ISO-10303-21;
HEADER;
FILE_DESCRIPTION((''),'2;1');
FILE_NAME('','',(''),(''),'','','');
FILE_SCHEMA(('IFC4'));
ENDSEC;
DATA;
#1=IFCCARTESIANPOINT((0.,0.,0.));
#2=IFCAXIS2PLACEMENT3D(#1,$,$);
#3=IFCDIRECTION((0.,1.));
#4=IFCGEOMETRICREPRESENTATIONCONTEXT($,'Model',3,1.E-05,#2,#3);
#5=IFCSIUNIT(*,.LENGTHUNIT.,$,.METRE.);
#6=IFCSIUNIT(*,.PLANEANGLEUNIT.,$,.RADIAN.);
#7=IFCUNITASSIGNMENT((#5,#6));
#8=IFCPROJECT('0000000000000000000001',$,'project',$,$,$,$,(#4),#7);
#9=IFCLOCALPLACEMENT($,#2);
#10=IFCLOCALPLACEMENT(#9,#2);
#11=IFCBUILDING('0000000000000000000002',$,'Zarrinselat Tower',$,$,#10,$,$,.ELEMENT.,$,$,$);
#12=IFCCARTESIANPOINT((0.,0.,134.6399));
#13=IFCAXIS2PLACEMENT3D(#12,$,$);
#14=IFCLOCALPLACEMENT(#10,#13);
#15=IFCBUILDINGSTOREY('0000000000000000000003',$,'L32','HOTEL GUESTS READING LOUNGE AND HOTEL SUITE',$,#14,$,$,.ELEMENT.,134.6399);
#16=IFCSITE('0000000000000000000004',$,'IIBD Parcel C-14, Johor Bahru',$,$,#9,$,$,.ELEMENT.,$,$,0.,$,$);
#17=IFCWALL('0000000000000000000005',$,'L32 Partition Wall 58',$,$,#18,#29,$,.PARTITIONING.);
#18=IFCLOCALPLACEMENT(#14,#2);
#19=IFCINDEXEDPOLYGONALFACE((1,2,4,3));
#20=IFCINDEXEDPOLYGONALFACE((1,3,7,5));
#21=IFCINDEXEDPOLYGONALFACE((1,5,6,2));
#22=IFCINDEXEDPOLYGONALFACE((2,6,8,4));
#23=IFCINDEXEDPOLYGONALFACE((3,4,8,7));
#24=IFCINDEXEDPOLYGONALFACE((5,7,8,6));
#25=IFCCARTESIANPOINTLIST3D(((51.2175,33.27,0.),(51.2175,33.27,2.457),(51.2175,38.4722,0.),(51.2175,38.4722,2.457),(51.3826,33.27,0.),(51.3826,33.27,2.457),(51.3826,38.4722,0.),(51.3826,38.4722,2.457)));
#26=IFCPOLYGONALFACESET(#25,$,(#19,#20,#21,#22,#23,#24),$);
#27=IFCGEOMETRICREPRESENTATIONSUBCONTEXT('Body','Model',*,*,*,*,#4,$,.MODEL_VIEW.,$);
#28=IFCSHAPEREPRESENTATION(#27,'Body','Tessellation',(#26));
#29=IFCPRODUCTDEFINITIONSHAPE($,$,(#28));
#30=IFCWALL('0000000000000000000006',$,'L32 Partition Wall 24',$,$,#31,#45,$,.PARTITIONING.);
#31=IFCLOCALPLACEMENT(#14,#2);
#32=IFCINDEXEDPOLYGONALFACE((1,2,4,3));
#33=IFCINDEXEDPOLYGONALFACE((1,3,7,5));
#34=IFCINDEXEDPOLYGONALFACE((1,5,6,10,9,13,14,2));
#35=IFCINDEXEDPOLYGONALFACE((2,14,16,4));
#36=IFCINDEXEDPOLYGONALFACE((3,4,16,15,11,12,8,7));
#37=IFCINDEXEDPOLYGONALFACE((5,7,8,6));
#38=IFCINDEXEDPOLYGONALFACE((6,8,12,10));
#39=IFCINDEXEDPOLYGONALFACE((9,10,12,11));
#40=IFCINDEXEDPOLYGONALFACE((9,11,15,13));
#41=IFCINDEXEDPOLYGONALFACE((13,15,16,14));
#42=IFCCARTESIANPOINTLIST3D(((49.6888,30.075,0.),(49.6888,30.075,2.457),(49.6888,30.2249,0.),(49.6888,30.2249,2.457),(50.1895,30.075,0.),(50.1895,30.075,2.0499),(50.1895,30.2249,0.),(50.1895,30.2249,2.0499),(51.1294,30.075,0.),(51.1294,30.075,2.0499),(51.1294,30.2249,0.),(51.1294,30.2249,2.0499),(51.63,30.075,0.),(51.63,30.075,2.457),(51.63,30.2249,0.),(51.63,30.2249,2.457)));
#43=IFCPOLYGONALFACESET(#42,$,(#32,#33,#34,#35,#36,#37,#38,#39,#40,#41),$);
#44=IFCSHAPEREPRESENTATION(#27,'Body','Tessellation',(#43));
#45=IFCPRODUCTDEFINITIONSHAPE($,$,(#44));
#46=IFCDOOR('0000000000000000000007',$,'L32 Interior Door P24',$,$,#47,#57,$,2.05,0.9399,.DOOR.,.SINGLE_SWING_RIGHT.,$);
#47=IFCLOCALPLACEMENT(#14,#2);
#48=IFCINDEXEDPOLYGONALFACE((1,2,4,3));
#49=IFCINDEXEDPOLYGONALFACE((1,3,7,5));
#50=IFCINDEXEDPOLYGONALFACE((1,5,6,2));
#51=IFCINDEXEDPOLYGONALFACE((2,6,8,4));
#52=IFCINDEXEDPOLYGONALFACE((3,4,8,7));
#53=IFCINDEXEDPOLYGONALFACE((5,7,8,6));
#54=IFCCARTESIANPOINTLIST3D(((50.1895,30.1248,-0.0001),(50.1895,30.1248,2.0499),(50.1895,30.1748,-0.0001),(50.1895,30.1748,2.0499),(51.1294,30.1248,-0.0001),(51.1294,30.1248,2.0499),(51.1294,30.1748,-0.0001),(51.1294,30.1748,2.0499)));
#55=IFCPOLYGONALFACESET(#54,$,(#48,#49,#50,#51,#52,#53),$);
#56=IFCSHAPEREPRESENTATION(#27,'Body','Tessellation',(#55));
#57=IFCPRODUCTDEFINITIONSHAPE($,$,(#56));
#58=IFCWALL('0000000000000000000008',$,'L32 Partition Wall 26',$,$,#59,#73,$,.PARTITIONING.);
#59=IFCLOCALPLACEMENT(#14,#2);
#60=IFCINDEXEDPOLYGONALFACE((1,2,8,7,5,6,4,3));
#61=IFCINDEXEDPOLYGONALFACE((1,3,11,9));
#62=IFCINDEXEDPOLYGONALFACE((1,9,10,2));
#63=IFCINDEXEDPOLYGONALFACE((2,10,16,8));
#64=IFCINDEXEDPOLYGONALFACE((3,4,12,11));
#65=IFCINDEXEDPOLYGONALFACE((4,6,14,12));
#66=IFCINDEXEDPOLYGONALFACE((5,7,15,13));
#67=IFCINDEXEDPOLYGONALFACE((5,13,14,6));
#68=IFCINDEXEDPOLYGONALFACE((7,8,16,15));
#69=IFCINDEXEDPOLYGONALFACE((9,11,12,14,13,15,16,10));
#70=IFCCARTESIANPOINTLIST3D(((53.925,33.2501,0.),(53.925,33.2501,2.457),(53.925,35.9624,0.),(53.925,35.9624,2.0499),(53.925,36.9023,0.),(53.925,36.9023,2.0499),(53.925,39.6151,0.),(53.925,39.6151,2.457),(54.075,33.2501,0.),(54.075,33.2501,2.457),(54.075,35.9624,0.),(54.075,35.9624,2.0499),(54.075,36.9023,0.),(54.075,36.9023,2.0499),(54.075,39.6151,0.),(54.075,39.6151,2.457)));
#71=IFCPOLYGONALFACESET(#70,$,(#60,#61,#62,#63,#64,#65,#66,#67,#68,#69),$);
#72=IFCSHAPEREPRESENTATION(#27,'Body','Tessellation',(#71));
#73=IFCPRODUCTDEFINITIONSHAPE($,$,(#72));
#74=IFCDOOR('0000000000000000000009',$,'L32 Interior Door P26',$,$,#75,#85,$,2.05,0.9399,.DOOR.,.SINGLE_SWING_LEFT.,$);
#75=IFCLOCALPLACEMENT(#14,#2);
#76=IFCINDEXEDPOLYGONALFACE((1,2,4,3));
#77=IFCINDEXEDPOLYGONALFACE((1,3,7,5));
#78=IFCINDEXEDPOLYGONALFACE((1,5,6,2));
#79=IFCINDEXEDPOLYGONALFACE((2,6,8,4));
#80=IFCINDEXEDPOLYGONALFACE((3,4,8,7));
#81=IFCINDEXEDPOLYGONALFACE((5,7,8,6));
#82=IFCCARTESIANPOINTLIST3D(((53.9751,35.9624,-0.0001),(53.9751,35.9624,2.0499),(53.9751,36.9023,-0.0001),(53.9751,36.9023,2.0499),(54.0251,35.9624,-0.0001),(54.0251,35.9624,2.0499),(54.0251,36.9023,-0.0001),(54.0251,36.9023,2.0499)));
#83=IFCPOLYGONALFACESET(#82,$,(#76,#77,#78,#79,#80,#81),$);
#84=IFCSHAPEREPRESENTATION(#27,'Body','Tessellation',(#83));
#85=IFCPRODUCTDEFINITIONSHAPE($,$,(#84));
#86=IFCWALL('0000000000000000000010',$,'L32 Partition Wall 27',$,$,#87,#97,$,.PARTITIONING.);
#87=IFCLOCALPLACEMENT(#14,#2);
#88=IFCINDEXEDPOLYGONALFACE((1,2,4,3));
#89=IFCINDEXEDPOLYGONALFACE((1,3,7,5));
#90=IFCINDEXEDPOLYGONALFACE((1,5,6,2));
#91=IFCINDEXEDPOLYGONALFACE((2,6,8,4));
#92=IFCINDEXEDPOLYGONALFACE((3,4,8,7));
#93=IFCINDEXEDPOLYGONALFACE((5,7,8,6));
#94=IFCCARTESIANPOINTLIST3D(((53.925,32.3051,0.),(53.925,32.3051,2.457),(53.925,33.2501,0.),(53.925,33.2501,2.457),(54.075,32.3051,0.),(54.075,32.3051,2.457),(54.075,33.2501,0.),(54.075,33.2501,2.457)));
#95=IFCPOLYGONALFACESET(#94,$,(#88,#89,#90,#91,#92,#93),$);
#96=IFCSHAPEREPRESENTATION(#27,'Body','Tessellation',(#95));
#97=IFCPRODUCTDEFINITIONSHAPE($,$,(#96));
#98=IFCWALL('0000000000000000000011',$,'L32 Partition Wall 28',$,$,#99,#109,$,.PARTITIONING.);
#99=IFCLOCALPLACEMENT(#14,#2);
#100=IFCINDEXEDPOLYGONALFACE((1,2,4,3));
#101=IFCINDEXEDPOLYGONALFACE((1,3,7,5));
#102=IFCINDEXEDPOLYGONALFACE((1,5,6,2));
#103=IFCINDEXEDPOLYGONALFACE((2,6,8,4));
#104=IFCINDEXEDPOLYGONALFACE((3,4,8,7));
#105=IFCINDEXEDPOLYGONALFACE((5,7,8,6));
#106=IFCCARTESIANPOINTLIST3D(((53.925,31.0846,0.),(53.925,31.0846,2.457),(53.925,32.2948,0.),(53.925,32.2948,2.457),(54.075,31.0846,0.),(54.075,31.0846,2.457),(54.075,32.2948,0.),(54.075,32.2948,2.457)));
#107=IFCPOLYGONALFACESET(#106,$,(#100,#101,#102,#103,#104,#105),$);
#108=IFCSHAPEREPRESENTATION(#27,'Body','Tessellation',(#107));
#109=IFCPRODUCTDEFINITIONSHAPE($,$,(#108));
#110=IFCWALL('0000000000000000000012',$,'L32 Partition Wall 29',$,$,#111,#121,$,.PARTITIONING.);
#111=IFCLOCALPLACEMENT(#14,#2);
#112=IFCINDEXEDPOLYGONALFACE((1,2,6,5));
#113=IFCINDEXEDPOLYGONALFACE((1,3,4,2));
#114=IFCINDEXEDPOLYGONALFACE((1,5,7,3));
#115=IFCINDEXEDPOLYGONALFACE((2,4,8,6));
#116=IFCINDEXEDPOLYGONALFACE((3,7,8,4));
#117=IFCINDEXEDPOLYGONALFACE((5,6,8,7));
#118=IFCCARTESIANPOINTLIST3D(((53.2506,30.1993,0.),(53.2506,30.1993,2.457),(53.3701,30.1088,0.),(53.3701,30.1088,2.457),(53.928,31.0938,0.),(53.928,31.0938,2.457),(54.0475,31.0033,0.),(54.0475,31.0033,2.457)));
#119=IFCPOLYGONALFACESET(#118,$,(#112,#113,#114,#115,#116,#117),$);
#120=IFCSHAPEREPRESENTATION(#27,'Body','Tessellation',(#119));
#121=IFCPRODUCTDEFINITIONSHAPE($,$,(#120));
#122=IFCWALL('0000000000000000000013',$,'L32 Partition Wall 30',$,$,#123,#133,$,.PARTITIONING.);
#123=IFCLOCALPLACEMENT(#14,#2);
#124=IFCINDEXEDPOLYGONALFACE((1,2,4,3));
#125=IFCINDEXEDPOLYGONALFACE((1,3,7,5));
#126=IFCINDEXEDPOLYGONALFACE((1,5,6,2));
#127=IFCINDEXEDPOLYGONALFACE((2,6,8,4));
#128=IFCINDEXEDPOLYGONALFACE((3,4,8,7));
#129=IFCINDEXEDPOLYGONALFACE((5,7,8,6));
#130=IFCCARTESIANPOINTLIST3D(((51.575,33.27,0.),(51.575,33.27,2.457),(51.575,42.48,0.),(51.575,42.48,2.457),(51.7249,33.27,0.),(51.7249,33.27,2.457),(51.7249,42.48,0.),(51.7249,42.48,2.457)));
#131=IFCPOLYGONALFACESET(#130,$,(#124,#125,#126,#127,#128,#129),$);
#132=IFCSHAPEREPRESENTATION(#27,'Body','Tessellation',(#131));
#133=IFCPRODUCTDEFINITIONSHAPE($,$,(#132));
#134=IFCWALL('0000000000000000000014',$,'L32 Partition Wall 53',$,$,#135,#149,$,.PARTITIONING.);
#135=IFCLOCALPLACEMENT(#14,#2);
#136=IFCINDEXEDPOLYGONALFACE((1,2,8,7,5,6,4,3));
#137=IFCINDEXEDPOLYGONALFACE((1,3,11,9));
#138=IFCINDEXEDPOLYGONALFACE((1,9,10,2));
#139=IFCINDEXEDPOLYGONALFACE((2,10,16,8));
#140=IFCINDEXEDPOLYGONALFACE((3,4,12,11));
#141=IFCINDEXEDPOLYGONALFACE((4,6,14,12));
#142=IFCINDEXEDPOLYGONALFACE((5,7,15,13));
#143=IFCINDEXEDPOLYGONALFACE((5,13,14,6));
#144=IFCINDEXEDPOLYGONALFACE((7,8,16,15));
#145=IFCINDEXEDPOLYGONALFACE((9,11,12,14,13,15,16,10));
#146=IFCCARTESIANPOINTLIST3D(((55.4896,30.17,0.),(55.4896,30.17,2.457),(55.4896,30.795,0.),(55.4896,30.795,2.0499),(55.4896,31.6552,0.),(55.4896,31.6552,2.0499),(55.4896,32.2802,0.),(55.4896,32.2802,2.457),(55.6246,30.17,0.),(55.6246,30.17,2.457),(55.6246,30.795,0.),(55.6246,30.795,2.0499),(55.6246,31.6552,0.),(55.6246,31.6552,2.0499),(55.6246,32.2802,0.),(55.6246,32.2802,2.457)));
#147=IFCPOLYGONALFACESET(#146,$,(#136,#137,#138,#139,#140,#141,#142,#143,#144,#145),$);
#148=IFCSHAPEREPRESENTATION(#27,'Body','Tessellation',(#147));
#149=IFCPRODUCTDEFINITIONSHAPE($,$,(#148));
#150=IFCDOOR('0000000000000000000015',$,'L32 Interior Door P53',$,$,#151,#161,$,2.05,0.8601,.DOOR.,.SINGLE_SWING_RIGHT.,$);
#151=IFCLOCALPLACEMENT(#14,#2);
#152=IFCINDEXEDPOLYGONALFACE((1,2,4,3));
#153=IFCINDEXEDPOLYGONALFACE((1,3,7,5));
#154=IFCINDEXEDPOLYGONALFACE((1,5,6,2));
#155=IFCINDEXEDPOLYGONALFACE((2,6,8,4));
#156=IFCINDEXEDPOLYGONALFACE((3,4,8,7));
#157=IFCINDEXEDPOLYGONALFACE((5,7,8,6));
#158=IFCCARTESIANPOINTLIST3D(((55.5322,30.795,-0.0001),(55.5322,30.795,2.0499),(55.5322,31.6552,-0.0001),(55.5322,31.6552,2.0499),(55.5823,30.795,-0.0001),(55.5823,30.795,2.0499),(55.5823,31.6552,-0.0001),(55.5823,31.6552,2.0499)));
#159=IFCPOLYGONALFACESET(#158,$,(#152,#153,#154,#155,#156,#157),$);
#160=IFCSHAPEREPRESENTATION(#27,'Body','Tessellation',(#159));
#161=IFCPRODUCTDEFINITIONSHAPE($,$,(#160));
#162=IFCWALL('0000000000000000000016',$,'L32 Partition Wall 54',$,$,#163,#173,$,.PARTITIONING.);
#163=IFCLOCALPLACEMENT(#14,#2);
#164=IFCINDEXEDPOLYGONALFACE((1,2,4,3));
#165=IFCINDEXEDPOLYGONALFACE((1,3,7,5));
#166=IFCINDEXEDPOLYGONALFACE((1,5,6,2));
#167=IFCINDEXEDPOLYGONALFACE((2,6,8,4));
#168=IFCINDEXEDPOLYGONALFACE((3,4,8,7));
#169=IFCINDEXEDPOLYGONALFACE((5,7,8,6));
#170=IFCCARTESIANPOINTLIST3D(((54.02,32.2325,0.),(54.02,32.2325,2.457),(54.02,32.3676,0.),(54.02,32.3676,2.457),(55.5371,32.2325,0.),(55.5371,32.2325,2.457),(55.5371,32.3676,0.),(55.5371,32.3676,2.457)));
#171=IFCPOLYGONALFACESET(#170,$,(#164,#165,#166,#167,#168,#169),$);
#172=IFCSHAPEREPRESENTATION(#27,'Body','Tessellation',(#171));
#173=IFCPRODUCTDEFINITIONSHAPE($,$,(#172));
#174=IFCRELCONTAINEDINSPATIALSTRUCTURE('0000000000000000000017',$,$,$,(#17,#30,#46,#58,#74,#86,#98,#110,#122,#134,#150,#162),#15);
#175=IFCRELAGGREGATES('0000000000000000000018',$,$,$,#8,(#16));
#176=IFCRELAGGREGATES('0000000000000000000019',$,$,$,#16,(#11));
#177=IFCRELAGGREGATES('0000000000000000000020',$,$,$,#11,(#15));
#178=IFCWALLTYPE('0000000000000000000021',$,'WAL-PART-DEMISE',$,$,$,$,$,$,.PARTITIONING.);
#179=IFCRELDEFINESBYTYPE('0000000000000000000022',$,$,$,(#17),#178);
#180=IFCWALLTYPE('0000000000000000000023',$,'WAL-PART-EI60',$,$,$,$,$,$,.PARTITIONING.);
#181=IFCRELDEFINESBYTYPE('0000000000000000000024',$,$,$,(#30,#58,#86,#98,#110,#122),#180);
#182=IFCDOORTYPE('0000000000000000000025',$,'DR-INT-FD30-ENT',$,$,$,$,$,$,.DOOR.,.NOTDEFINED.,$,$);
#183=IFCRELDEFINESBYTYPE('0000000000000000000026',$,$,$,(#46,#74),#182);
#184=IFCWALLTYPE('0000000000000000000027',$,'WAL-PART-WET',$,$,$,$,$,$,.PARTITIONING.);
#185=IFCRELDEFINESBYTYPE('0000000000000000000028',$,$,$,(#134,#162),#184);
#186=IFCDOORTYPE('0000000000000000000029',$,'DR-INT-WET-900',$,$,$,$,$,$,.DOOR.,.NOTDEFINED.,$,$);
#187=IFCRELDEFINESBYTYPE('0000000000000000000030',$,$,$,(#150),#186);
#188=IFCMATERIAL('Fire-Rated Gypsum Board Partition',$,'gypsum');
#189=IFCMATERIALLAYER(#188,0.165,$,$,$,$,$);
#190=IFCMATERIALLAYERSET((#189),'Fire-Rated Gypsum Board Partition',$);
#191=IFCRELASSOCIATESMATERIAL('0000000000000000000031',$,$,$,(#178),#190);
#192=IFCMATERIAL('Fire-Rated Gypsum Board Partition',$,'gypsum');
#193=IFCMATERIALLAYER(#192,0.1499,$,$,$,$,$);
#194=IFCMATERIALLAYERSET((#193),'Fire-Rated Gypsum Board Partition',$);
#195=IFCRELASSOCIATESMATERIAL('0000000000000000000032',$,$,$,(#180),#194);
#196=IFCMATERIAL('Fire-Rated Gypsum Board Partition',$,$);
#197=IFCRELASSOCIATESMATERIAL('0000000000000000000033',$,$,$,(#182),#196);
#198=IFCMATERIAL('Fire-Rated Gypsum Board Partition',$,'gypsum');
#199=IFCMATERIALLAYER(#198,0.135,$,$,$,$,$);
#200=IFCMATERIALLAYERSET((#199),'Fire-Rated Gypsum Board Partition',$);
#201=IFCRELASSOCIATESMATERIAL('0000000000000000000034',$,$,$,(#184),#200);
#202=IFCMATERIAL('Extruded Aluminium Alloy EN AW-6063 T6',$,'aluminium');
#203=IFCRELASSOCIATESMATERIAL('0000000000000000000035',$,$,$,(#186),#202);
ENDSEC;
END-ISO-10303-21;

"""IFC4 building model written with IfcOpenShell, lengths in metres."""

from ifc_helpers import new_model, si_unit, direction, frame, frame_2d, origin, place, context, subcontext, project, spatial, rectangle, extrude, material, layer, layer_set, type_object, element, fill, save


model = new_model("IFC4")

# Units and contexts
model_context = context("Model", 3, precision=1e-05, world=origin(), true_north=direction((0.0, 1.0)))
body_context = subcontext(model_context, "Body", "Model", "MODEL_VIEW")
ifc_project = project(units=[si_unit("LENGTHUNIT", "METRE"), si_unit("PLANEANGLEUNIT", "RADIAN")], contexts=[model_context])

# Site, building, storey
site_placement = place(None, origin())
site = spatial("IfcSite", under=ifc_project, at=site_placement, Name="IIBD Parcel C-14, Johor Bahru", CompositionType="ELEMENT", RefElevation=0.0)
building_placement = place(site_placement, origin())
building = spatial("IfcBuilding", under=site, at=building_placement, Name="Zarrinselat Tower", CompositionType="ELEMENT")
storey_placement = place(building_placement, frame((0.0, 0.0, 134.6399)))
storey = spatial("IfcBuildingStorey", under=building, at=storey_placement, Name="L32", Description="HOTEL GUESTS READING LOUNGE AND HOTEL SUITE", CompositionType="ELEMENT", Elevation=134.6399)

# Wall
ifc_material_1 = material(Name="Fire-Rated Gypsum Board Partition", Category="gypsum")
ifc_layer_1 = layer(ifc_material_1, 0.165)
ifc_layer_set_1 = layer_set([ifc_layer_1], Name="Fire-Rated Gypsum Board Partition")
wall_type_1 = type_object("IfcWallType", Name="WAL-PART-DEMISE", PredefinedType="PARTITIONING", material=ifc_layer_set_1)
wall_1_placement = place(storey_placement, frame((51.3, 33.27, 0.0), z_axis=(0.0, 0.0, 1.0), x_axis=(0.0, 1.0, 0.0)))
element("IfcWall", 1, at=wall_1_placement, inside=storey, type_object=wall_type_1, Name="L32 Partition Wall 58", PredefinedType="PARTITIONING", context=body_context, shape_type="SweptSolid", body=[
    extrude(rectangle(XDim=5.2021, YDim=0.165, at=frame_2d((2.6011, 0.0))), origin(), (0.0, 0.0, 1.0), 2.457),
])

# Walls, openings, doors
ifc_material_2 = material(Name="Fire-Rated Gypsum Board Partition", Category="gypsum")
ifc_layer_2 = layer(ifc_material_2, 0.1499)
ifc_layer_set_2 = layer_set([ifc_layer_2], Name="Fire-Rated Gypsum Board Partition")
wall_type_2 = type_object("IfcWallType", Name="WAL-PART-EI60", PredefinedType="PARTITIONING", material=ifc_layer_set_2)
wall_2_placement = place(storey_placement, frame((49.6887, 30.1499, 0.0), z_axis=(0.0, 0.0, 1.0), x_axis=(1.0, 0.0, 0.0)))
wall_2 = element("IfcWall", 2, at=wall_2_placement, inside=storey, type_object=wall_type_2, Name="L32 Partition Wall 24", PredefinedType="PARTITIONING", context=body_context, shape_type="SweptSolid", body=[
    extrude(rectangle(XDim=1.9412, YDim=0.1499, at=frame_2d((0.9707, 0.0))), origin(), (0.0, 0.0, 1.0), 2.457),
])
opening_1_placement = place(wall_2_placement, frame((0.5007, 0.0, 0.0)))
opening_1 = element("IfcOpeningElement", 3, at=opening_1_placement, cuts=wall_2, PredefinedType="OPENING", context=body_context, shape_type="SweptSolid", body=[
    extrude(rectangle(XDim=0.9399, YDim=2.05, at=frame_2d((0.47, 1.0249))), frame((0.0, 0.085, 0.0), z_axis=(0.0, -1.0, 0.0), x_axis=(1.0, 0.0, 0.0)), (0.0, 0.0, 1.0), 0.1699),
])
ifc_material_3 = material(Name="Fire-Rated Gypsum Board Partition")
door_type_1 = type_object("IfcDoorType", Name="DR-INT-FD30-ENT", OperationType="NOTDEFINED", PredefinedType="DOOR", material=ifc_material_3)
door_1_placement = place(opening_1_placement, origin())
door_1 = element("IfcDoor", 4, at=door_1_placement, inside=storey, type_object=door_type_1, Name="L32 Interior Door P24", OperationType="SINGLE_SWING_RIGHT", OverallHeight=2.05, OverallWidth=0.9399, PredefinedType="DOOR", context=body_context, shape_type="SweptSolid", body=[
    extrude(rectangle(XDim=0.9399, YDim=2.05, at=frame_2d((0.47, 1.0249))), frame((0.0, 0.0249, 0.0), z_axis=(0.0, -1.0, 0.0), x_axis=(1.0, 0.0, 0.0)), (0.0, 0.0, 1.0), 0.05),
])
fill(opening_1, door_1)
wall_3_placement = place(storey_placement, frame((54.0, 33.25, 0.0), z_axis=(0.0, 0.0, 1.0), x_axis=(0.0, 1.0, 0.0)))
wall_3 = element("IfcWall", 5, at=wall_3_placement, inside=storey, type_object=wall_type_2, Name="L32 Partition Wall 26", PredefinedType="PARTITIONING", context=body_context, shape_type="SweptSolid", body=[
    extrude(rectangle(XDim=6.365, YDim=0.1499, at=frame_2d((3.1826, 0.0))), origin(), (0.0, 0.0, 1.0), 2.457),
])
opening_2_placement = place(wall_3_placement, frame((2.7124, 0.0, 0.0)))
opening_2 = element("IfcOpeningElement", 6, at=opening_2_placement, cuts=wall_3, PredefinedType="OPENING", context=body_context, shape_type="SweptSolid", body=[
    extrude(rectangle(XDim=0.9399, YDim=2.05, at=frame_2d((0.47, 1.0249))), frame((0.0, 0.085, 0.0), z_axis=(0.0, -1.0, 0.0), x_axis=(1.0, 0.0, 0.0)), (0.0, 0.0, 1.0), 0.1699),
])
door_2_placement = place(opening_2_placement, origin())
door_2 = element("IfcDoor", 7, at=door_2_placement, inside=storey, type_object=door_type_1, Name="L32 Interior Door P26", OperationType="SINGLE_SWING_LEFT", OverallHeight=2.05, OverallWidth=0.9399, PredefinedType="DOOR", context=body_context, shape_type="SweptSolid", body=[
    extrude(rectangle(XDim=0.9399, YDim=2.05, at=frame_2d((0.47, 1.0249))), frame((0.0, 0.0249, 0.0), z_axis=(0.0, -1.0, 0.0), x_axis=(1.0, 0.0, 0.0)), (0.0, 0.0, 1.0), 0.05),
])
fill(opening_2, door_2)

# Walls
wall_4_placement = place(storey_placement, frame((54.0, 32.3049, 0.0), z_axis=(0.0, 0.0, 1.0), x_axis=(0.0, 1.0, 0.0)))
element("IfcWall", 8, at=wall_4_placement, inside=storey, type_object=wall_type_2, Name="L32 Partition Wall 27", PredefinedType="PARTITIONING", context=body_context, shape_type="SweptSolid", body=[
    extrude(rectangle(XDim=0.9451, YDim=0.1499, at=frame_2d((0.4727, 0.0))), origin(), (0.0, 0.0, 1.0), 2.457),
])
wall_5_placement = place(storey_placement, frame((54.0, 31.0847, 0.0), z_axis=(0.0, 0.0, 1.0), x_axis=(0.0, 1.0, 0.0)))
element("IfcWall", 9, at=wall_5_placement, inside=storey, type_object=wall_type_2, Name="L32 Partition Wall 28", PredefinedType="PARTITIONING", context=body_context, shape_type="SweptSolid", body=[
    extrude(rectangle(XDim=1.2102, YDim=0.1499, at=frame_2d((0.605, 0.0))), origin(), (0.0, 0.0, 1.0), 2.457),
])
wall_6_placement = place(storey_placement, frame((53.3103, 30.1541, 0.0), z_axis=(0.0, 0.0, 1.0), x_axis=(0.603753, 0.797171, 0.0)))
element("IfcWall", 10, at=wall_6_placement, inside=storey, type_object=wall_type_2, Name="L32 Partition Wall 29", PredefinedType="PARTITIONING", context=body_context, shape_type="SweptSolid", body=[
    extrude(rectangle(XDim=1.1221, YDim=0.1499, at=frame_2d((0.561, 0.0))), origin(), (0.0, 0.0, 1.0), 2.457),
])
wall_7_placement = place(storey_placement, frame((51.6499, 33.27, 0.0), z_axis=(0.0, 0.0, 1.0), x_axis=(0.0, 1.0, 0.0)))
element("IfcWall", 11, at=wall_7_placement, inside=storey, type_object=wall_type_2, Name="L32 Partition Wall 30", PredefinedType="PARTITIONING", context=body_context, shape_type="SweptSolid", body=[
    extrude(rectangle(XDim=9.21, YDim=0.1499, at=frame_2d((4.605, 0.0))), origin(), (0.0, 0.0, 1.0), 2.457),
])

# Wall, opening, door
ifc_material_4 = material(Name="Fire-Rated Gypsum Board Partition", Category="gypsum")
ifc_layer_3 = layer(ifc_material_4, 0.135)
ifc_layer_set_3 = layer_set([ifc_layer_3], Name="Fire-Rated Gypsum Board Partition")
wall_type_3 = type_object("IfcWallType", Name="WAL-PART-WET", PredefinedType="PARTITIONING", material=ifc_layer_set_3)
wall_8_placement = place(storey_placement, frame((55.5571, 30.1699, 0.0), z_axis=(0.0, 0.0, 1.0), x_axis=(0.0, 1.0, 0.0)))
wall_8 = element("IfcWall", 12, at=wall_8_placement, inside=storey, type_object=wall_type_3, Name="L32 Partition Wall 53", PredefinedType="PARTITIONING", context=body_context, shape_type="SweptSolid", body=[
    extrude(rectangle(XDim=2.1101, YDim=0.135, at=frame_2d((1.0552, 0.0))), origin(), (0.0, 0.0, 1.0), 2.457),
])
opening_3_placement = place(wall_8_placement, frame((0.625, 0.0, 0.0)))
opening_3 = element("IfcOpeningElement", 13, at=opening_3_placement, cuts=wall_8, PredefinedType="OPENING", context=body_context, shape_type="SweptSolid", body=[
    extrude(rectangle(XDim=0.8601, YDim=2.05, at=frame_2d((0.4302, 1.0249))), frame((0.0, 0.0774, 0.0), z_axis=(0.0, -1.0, 0.0), x_axis=(1.0, 0.0, 0.0)), (0.0, 0.0, 1.0), 0.155),
])
ifc_material_5 = material(Name="Extruded Aluminium Alloy EN AW-6063 T6", Category="aluminium")
door_type_2 = type_object("IfcDoorType", Name="DR-INT-WET-900", OperationType="NOTDEFINED", PredefinedType="DOOR", material=ifc_material_5)
door_3_placement = place(opening_3_placement, origin())
door_3 = element("IfcDoor", 14, at=door_3_placement, inside=storey, type_object=door_type_2, Name="L32 Interior Door P53", OperationType="SINGLE_SWING_RIGHT", OverallHeight=2.05, OverallWidth=0.8601, PredefinedType="DOOR", context=body_context, shape_type="SweptSolid", body=[
    extrude(rectangle(XDim=0.8601, YDim=2.05, at=frame_2d((0.4302, 1.0249))), frame((0.0, 0.0249, 0.0), z_axis=(0.0, -1.0, 0.0), x_axis=(1.0, 0.0, 0.0)), (0.0, 0.0, 1.0), 0.05),
])
fill(opening_3, door_3)

# Wall
wall_9_placement = place(storey_placement, frame((54.02, 32.3, 0.0), z_axis=(0.0, 0.0, 1.0), x_axis=(1.0, 0.0, 0.0)))
element("IfcWall", 15, at=wall_9_placement, inside=storey, type_object=wall_type_3, Name="L32 Partition Wall 54", PredefinedType="PARTITIONING", context=body_context, shape_type="SweptSolid", body=[
    extrude(rectangle(XDim=1.5171, YDim=0.135, at=frame_2d((0.7585, 0.0))), origin(), (0.0, 0.0, 1.0), 2.457),
])

save(model, "model.ifc")
